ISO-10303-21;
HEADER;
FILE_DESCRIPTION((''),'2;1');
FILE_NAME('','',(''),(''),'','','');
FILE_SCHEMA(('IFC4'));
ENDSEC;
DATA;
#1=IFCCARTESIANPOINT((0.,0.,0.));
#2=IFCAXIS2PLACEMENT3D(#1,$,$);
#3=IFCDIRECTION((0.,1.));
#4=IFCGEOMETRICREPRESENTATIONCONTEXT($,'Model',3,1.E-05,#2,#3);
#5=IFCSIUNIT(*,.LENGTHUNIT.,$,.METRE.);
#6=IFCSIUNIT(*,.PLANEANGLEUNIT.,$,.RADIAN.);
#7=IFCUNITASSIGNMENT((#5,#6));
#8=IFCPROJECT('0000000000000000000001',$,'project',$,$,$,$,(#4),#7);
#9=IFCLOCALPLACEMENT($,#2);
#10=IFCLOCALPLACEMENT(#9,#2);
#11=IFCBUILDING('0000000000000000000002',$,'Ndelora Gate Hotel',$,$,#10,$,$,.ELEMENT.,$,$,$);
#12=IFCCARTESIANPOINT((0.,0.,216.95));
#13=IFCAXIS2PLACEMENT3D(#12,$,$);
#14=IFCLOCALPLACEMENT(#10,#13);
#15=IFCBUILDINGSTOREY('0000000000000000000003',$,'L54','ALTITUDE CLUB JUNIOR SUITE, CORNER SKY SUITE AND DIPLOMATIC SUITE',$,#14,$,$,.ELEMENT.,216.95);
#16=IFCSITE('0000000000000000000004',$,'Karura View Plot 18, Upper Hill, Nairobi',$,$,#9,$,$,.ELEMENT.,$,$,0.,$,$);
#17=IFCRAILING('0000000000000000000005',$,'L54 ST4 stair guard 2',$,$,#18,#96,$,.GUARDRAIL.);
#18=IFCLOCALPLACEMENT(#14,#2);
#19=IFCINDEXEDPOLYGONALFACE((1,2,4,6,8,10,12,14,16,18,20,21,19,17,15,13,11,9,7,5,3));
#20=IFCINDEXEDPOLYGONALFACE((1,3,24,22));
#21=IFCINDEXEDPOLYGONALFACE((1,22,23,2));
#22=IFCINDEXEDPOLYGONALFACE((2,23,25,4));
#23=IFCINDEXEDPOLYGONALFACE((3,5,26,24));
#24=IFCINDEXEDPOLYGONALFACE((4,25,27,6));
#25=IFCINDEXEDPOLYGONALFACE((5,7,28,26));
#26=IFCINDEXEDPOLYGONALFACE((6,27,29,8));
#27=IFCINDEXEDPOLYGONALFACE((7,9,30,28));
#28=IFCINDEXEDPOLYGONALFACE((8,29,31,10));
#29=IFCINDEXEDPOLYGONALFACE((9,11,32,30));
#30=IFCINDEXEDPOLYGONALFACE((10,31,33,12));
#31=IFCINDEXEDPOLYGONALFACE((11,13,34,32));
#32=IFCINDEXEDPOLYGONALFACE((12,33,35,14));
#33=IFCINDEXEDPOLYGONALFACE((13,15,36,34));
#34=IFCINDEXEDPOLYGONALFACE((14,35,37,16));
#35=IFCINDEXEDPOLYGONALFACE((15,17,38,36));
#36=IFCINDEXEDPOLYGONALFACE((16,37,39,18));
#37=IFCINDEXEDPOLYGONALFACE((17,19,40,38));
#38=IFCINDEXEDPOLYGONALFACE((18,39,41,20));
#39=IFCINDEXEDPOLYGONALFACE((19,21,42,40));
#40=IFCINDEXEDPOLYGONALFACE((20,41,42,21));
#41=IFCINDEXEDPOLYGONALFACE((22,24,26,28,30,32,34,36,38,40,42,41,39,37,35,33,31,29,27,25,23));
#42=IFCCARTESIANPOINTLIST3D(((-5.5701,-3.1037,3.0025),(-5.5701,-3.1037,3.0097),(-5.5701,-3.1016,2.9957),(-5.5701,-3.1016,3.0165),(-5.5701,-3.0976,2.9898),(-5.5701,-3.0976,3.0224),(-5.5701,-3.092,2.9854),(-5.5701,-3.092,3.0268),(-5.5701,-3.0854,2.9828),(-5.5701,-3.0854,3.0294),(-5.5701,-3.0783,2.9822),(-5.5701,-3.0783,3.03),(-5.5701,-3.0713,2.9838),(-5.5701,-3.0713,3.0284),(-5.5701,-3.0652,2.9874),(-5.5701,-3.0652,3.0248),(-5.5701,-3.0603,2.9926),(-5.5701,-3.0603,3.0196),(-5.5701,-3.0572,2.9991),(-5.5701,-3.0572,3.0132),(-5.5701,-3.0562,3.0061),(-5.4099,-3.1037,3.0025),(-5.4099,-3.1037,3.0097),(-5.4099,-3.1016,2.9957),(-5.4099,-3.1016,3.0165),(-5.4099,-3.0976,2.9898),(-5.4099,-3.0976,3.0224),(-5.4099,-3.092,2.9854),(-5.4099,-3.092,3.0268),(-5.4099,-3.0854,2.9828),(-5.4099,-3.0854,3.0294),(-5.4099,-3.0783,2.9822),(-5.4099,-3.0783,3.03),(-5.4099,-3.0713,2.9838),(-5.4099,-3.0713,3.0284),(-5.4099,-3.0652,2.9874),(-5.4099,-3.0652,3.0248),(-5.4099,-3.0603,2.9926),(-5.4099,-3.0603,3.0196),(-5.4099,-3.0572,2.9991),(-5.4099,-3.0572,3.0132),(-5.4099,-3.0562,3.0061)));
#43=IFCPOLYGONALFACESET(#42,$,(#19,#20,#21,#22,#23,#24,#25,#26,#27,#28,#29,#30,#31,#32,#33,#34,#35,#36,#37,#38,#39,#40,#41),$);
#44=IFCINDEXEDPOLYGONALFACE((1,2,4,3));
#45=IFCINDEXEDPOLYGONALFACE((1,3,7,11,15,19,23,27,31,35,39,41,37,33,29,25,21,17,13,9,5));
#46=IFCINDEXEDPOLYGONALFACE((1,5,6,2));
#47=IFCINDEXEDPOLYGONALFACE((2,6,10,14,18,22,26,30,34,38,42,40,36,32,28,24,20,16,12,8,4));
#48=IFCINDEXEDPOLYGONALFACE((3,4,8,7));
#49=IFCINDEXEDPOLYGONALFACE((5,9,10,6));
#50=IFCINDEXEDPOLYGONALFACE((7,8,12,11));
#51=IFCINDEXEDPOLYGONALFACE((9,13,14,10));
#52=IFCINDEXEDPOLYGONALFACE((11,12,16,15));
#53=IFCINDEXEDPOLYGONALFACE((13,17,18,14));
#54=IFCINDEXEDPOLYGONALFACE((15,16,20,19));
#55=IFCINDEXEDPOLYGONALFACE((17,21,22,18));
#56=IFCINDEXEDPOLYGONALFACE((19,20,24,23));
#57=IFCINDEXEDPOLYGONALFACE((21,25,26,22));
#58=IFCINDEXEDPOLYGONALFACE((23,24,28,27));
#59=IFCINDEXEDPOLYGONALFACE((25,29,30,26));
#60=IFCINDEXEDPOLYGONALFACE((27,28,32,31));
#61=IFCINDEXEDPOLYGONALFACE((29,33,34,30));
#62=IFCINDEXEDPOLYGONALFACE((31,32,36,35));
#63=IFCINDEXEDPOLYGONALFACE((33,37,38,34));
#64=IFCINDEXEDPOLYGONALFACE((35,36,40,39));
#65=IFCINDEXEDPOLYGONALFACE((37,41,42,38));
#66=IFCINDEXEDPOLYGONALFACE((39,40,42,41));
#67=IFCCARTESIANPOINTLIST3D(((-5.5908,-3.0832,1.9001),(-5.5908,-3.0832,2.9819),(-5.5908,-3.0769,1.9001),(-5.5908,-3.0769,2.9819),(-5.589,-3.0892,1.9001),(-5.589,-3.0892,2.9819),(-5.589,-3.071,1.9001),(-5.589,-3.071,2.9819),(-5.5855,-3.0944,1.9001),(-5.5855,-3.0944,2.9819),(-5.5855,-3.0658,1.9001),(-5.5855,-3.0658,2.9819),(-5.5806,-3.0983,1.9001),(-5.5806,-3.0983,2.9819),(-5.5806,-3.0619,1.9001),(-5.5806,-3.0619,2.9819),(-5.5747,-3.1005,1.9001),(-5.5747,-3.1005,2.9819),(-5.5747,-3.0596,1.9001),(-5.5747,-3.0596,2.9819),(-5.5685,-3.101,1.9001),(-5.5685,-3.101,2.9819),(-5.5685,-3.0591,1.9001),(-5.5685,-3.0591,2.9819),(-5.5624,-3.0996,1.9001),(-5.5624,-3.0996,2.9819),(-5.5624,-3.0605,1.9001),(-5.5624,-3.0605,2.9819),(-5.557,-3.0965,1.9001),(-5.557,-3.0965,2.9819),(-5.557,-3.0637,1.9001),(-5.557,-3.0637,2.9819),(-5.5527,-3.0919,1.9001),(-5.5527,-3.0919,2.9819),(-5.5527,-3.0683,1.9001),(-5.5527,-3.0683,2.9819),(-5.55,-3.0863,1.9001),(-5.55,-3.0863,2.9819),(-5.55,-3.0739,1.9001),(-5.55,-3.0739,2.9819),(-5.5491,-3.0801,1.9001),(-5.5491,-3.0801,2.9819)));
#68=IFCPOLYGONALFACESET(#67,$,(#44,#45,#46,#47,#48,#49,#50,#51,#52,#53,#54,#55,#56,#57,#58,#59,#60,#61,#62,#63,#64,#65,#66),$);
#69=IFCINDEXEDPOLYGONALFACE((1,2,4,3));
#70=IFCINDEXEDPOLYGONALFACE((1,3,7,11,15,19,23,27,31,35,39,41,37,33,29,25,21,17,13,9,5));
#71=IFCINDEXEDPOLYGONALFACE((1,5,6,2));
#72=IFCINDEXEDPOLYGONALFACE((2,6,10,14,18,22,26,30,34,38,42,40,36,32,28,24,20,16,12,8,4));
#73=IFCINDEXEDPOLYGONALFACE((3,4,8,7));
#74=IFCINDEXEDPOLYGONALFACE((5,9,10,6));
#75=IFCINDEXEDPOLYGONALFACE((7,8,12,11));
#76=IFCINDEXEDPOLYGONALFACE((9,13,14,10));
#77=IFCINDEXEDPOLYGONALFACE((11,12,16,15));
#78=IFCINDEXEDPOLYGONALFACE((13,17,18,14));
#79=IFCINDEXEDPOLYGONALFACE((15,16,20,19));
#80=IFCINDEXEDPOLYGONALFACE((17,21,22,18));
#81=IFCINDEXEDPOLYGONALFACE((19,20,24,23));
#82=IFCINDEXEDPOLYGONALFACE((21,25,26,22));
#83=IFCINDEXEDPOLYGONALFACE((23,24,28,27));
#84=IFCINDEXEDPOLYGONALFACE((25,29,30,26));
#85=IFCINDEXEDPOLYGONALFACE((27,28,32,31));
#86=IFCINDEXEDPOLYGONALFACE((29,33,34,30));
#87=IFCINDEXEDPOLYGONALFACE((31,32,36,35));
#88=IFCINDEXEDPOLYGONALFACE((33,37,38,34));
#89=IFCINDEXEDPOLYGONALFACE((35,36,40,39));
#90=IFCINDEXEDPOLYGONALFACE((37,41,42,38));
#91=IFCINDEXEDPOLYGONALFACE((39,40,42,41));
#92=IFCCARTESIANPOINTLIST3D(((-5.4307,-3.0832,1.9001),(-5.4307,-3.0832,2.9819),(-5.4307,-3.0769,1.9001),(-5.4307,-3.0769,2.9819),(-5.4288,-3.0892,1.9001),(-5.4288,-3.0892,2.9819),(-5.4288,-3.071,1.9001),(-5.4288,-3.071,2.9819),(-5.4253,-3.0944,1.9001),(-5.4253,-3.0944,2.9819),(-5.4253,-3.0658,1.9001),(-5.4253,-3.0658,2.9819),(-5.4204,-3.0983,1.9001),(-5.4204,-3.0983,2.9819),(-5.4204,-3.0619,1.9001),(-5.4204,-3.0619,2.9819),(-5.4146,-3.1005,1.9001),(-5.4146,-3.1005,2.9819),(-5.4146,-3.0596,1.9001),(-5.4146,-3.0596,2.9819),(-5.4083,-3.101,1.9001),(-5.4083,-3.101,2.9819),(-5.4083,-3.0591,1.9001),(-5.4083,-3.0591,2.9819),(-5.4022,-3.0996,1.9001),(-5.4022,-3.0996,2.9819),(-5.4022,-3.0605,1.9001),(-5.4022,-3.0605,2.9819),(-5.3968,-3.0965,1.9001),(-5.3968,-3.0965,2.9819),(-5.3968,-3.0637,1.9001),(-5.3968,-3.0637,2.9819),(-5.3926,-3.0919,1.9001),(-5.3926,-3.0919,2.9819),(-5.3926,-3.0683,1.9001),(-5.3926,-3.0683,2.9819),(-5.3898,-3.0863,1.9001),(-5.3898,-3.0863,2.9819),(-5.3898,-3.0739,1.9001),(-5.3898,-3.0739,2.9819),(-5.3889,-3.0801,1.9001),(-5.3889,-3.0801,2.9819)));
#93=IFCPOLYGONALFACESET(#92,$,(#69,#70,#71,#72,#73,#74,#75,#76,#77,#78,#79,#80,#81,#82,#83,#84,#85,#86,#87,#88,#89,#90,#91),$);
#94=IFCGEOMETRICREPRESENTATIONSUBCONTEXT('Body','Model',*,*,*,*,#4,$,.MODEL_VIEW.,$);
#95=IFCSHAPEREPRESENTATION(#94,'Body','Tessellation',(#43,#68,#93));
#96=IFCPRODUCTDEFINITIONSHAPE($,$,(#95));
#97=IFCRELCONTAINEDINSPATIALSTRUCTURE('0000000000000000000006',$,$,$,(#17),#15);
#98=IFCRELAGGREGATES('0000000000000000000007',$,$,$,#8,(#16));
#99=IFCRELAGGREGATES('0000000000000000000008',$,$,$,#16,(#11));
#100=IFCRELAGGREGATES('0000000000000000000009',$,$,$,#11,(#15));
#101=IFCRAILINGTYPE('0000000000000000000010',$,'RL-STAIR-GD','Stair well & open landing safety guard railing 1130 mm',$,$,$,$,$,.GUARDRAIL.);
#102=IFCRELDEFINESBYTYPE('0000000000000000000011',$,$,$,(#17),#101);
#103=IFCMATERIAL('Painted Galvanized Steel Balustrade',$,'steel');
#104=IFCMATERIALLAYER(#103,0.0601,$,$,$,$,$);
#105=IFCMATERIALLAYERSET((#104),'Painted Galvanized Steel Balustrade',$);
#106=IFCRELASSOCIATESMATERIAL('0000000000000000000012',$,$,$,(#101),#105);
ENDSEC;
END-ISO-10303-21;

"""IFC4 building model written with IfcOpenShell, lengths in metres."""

from ifc_helpers import new_model, si_unit, direction, frame, origin, origin_2d, place, context, subcontext, project, spatial, circle, extrude, material, layer, layer_set, type_object, element, save


model = new_model("IFC4")

# Units and contexts
model_context = context("Model", 3, precision=1e-05, world=origin(), true_north=direction((0.0, 1.0)))
body_context = subcontext(model_context, "Body", "Model", "MODEL_VIEW")
ifc_project = project(units=[si_unit("LENGTHUNIT", "METRE"), si_unit("PLANEANGLEUNIT", "RADIAN")], contexts=[model_context])

# Site, building, storey
site_placement = place(None, origin())
site = spatial("IfcSite", under=ifc_project, at=site_placement, Name="Karura View Plot 18, Upper Hill, Nairobi", CompositionType="ELEMENT", RefElevation=0.0)
building_placement = place(site_placement, origin())
building = spatial("IfcBuilding", under=site, at=building_placement, Name="Ndelora Gate Hotel", CompositionType="ELEMENT")
storey_placement = place(building_placement, frame((0.0, 0.0, 216.95)))
storey = spatial("IfcBuildingStorey", under=building, at=storey_placement, Name="L54", Description="ALTITUDE CLUB JUNIOR SUITE, CORNER SKY SUITE AND DIPLOMATIC SUITE", CompositionType="ELEMENT", Elevation=216.95)

# Railing
ifc_material_1 = material(Name="Painted Galvanized Steel Balustrade", Category="steel")
ifc_layer_1 = layer(ifc_material_1, 0.0601)
ifc_layer_set_1 = layer_set([ifc_layer_1], Name="Painted Galvanized Steel Balustrade")
railing_type_1 = type_object("IfcRailingType", Name="RL-STAIR-GD", Description="Stair well & open landing safety guard railing 1130 mm", PredefinedType="GUARDRAIL", material=ifc_layer_set_1)
railing_1_placement = place(storey_placement, frame((-5.5701, -3.0801, 1.9001)))
element("IfcRailing", 1, at=railing_1_placement, inside=storey, type_object=railing_type_1, Name="L54 ST4 stair guard 2", PredefinedType="GUARDRAIL", context=body_context, shape_type="SweptSolid", body=[
    extrude(circle(Radius=0.0239, at=origin_2d()), frame((0.0, 0.0, 1.106), z_axis=(1.0, 0.0, 0.0), x_axis=(0.0, 1.0, 0.0)), (0.0, 0.0, 1.0), 0.1602),
    extrude(circle(Radius=0.021, at=origin_2d()), origin(), (0.0, 0.0, 1.0), 1.0818),
    extrude(circle(Radius=0.021, at=origin_2d()), frame((0.1602, 0.0, 0.0)), (0.0, 0.0, 1.0), 1.0818),
])

save(model, "model.ifc")
